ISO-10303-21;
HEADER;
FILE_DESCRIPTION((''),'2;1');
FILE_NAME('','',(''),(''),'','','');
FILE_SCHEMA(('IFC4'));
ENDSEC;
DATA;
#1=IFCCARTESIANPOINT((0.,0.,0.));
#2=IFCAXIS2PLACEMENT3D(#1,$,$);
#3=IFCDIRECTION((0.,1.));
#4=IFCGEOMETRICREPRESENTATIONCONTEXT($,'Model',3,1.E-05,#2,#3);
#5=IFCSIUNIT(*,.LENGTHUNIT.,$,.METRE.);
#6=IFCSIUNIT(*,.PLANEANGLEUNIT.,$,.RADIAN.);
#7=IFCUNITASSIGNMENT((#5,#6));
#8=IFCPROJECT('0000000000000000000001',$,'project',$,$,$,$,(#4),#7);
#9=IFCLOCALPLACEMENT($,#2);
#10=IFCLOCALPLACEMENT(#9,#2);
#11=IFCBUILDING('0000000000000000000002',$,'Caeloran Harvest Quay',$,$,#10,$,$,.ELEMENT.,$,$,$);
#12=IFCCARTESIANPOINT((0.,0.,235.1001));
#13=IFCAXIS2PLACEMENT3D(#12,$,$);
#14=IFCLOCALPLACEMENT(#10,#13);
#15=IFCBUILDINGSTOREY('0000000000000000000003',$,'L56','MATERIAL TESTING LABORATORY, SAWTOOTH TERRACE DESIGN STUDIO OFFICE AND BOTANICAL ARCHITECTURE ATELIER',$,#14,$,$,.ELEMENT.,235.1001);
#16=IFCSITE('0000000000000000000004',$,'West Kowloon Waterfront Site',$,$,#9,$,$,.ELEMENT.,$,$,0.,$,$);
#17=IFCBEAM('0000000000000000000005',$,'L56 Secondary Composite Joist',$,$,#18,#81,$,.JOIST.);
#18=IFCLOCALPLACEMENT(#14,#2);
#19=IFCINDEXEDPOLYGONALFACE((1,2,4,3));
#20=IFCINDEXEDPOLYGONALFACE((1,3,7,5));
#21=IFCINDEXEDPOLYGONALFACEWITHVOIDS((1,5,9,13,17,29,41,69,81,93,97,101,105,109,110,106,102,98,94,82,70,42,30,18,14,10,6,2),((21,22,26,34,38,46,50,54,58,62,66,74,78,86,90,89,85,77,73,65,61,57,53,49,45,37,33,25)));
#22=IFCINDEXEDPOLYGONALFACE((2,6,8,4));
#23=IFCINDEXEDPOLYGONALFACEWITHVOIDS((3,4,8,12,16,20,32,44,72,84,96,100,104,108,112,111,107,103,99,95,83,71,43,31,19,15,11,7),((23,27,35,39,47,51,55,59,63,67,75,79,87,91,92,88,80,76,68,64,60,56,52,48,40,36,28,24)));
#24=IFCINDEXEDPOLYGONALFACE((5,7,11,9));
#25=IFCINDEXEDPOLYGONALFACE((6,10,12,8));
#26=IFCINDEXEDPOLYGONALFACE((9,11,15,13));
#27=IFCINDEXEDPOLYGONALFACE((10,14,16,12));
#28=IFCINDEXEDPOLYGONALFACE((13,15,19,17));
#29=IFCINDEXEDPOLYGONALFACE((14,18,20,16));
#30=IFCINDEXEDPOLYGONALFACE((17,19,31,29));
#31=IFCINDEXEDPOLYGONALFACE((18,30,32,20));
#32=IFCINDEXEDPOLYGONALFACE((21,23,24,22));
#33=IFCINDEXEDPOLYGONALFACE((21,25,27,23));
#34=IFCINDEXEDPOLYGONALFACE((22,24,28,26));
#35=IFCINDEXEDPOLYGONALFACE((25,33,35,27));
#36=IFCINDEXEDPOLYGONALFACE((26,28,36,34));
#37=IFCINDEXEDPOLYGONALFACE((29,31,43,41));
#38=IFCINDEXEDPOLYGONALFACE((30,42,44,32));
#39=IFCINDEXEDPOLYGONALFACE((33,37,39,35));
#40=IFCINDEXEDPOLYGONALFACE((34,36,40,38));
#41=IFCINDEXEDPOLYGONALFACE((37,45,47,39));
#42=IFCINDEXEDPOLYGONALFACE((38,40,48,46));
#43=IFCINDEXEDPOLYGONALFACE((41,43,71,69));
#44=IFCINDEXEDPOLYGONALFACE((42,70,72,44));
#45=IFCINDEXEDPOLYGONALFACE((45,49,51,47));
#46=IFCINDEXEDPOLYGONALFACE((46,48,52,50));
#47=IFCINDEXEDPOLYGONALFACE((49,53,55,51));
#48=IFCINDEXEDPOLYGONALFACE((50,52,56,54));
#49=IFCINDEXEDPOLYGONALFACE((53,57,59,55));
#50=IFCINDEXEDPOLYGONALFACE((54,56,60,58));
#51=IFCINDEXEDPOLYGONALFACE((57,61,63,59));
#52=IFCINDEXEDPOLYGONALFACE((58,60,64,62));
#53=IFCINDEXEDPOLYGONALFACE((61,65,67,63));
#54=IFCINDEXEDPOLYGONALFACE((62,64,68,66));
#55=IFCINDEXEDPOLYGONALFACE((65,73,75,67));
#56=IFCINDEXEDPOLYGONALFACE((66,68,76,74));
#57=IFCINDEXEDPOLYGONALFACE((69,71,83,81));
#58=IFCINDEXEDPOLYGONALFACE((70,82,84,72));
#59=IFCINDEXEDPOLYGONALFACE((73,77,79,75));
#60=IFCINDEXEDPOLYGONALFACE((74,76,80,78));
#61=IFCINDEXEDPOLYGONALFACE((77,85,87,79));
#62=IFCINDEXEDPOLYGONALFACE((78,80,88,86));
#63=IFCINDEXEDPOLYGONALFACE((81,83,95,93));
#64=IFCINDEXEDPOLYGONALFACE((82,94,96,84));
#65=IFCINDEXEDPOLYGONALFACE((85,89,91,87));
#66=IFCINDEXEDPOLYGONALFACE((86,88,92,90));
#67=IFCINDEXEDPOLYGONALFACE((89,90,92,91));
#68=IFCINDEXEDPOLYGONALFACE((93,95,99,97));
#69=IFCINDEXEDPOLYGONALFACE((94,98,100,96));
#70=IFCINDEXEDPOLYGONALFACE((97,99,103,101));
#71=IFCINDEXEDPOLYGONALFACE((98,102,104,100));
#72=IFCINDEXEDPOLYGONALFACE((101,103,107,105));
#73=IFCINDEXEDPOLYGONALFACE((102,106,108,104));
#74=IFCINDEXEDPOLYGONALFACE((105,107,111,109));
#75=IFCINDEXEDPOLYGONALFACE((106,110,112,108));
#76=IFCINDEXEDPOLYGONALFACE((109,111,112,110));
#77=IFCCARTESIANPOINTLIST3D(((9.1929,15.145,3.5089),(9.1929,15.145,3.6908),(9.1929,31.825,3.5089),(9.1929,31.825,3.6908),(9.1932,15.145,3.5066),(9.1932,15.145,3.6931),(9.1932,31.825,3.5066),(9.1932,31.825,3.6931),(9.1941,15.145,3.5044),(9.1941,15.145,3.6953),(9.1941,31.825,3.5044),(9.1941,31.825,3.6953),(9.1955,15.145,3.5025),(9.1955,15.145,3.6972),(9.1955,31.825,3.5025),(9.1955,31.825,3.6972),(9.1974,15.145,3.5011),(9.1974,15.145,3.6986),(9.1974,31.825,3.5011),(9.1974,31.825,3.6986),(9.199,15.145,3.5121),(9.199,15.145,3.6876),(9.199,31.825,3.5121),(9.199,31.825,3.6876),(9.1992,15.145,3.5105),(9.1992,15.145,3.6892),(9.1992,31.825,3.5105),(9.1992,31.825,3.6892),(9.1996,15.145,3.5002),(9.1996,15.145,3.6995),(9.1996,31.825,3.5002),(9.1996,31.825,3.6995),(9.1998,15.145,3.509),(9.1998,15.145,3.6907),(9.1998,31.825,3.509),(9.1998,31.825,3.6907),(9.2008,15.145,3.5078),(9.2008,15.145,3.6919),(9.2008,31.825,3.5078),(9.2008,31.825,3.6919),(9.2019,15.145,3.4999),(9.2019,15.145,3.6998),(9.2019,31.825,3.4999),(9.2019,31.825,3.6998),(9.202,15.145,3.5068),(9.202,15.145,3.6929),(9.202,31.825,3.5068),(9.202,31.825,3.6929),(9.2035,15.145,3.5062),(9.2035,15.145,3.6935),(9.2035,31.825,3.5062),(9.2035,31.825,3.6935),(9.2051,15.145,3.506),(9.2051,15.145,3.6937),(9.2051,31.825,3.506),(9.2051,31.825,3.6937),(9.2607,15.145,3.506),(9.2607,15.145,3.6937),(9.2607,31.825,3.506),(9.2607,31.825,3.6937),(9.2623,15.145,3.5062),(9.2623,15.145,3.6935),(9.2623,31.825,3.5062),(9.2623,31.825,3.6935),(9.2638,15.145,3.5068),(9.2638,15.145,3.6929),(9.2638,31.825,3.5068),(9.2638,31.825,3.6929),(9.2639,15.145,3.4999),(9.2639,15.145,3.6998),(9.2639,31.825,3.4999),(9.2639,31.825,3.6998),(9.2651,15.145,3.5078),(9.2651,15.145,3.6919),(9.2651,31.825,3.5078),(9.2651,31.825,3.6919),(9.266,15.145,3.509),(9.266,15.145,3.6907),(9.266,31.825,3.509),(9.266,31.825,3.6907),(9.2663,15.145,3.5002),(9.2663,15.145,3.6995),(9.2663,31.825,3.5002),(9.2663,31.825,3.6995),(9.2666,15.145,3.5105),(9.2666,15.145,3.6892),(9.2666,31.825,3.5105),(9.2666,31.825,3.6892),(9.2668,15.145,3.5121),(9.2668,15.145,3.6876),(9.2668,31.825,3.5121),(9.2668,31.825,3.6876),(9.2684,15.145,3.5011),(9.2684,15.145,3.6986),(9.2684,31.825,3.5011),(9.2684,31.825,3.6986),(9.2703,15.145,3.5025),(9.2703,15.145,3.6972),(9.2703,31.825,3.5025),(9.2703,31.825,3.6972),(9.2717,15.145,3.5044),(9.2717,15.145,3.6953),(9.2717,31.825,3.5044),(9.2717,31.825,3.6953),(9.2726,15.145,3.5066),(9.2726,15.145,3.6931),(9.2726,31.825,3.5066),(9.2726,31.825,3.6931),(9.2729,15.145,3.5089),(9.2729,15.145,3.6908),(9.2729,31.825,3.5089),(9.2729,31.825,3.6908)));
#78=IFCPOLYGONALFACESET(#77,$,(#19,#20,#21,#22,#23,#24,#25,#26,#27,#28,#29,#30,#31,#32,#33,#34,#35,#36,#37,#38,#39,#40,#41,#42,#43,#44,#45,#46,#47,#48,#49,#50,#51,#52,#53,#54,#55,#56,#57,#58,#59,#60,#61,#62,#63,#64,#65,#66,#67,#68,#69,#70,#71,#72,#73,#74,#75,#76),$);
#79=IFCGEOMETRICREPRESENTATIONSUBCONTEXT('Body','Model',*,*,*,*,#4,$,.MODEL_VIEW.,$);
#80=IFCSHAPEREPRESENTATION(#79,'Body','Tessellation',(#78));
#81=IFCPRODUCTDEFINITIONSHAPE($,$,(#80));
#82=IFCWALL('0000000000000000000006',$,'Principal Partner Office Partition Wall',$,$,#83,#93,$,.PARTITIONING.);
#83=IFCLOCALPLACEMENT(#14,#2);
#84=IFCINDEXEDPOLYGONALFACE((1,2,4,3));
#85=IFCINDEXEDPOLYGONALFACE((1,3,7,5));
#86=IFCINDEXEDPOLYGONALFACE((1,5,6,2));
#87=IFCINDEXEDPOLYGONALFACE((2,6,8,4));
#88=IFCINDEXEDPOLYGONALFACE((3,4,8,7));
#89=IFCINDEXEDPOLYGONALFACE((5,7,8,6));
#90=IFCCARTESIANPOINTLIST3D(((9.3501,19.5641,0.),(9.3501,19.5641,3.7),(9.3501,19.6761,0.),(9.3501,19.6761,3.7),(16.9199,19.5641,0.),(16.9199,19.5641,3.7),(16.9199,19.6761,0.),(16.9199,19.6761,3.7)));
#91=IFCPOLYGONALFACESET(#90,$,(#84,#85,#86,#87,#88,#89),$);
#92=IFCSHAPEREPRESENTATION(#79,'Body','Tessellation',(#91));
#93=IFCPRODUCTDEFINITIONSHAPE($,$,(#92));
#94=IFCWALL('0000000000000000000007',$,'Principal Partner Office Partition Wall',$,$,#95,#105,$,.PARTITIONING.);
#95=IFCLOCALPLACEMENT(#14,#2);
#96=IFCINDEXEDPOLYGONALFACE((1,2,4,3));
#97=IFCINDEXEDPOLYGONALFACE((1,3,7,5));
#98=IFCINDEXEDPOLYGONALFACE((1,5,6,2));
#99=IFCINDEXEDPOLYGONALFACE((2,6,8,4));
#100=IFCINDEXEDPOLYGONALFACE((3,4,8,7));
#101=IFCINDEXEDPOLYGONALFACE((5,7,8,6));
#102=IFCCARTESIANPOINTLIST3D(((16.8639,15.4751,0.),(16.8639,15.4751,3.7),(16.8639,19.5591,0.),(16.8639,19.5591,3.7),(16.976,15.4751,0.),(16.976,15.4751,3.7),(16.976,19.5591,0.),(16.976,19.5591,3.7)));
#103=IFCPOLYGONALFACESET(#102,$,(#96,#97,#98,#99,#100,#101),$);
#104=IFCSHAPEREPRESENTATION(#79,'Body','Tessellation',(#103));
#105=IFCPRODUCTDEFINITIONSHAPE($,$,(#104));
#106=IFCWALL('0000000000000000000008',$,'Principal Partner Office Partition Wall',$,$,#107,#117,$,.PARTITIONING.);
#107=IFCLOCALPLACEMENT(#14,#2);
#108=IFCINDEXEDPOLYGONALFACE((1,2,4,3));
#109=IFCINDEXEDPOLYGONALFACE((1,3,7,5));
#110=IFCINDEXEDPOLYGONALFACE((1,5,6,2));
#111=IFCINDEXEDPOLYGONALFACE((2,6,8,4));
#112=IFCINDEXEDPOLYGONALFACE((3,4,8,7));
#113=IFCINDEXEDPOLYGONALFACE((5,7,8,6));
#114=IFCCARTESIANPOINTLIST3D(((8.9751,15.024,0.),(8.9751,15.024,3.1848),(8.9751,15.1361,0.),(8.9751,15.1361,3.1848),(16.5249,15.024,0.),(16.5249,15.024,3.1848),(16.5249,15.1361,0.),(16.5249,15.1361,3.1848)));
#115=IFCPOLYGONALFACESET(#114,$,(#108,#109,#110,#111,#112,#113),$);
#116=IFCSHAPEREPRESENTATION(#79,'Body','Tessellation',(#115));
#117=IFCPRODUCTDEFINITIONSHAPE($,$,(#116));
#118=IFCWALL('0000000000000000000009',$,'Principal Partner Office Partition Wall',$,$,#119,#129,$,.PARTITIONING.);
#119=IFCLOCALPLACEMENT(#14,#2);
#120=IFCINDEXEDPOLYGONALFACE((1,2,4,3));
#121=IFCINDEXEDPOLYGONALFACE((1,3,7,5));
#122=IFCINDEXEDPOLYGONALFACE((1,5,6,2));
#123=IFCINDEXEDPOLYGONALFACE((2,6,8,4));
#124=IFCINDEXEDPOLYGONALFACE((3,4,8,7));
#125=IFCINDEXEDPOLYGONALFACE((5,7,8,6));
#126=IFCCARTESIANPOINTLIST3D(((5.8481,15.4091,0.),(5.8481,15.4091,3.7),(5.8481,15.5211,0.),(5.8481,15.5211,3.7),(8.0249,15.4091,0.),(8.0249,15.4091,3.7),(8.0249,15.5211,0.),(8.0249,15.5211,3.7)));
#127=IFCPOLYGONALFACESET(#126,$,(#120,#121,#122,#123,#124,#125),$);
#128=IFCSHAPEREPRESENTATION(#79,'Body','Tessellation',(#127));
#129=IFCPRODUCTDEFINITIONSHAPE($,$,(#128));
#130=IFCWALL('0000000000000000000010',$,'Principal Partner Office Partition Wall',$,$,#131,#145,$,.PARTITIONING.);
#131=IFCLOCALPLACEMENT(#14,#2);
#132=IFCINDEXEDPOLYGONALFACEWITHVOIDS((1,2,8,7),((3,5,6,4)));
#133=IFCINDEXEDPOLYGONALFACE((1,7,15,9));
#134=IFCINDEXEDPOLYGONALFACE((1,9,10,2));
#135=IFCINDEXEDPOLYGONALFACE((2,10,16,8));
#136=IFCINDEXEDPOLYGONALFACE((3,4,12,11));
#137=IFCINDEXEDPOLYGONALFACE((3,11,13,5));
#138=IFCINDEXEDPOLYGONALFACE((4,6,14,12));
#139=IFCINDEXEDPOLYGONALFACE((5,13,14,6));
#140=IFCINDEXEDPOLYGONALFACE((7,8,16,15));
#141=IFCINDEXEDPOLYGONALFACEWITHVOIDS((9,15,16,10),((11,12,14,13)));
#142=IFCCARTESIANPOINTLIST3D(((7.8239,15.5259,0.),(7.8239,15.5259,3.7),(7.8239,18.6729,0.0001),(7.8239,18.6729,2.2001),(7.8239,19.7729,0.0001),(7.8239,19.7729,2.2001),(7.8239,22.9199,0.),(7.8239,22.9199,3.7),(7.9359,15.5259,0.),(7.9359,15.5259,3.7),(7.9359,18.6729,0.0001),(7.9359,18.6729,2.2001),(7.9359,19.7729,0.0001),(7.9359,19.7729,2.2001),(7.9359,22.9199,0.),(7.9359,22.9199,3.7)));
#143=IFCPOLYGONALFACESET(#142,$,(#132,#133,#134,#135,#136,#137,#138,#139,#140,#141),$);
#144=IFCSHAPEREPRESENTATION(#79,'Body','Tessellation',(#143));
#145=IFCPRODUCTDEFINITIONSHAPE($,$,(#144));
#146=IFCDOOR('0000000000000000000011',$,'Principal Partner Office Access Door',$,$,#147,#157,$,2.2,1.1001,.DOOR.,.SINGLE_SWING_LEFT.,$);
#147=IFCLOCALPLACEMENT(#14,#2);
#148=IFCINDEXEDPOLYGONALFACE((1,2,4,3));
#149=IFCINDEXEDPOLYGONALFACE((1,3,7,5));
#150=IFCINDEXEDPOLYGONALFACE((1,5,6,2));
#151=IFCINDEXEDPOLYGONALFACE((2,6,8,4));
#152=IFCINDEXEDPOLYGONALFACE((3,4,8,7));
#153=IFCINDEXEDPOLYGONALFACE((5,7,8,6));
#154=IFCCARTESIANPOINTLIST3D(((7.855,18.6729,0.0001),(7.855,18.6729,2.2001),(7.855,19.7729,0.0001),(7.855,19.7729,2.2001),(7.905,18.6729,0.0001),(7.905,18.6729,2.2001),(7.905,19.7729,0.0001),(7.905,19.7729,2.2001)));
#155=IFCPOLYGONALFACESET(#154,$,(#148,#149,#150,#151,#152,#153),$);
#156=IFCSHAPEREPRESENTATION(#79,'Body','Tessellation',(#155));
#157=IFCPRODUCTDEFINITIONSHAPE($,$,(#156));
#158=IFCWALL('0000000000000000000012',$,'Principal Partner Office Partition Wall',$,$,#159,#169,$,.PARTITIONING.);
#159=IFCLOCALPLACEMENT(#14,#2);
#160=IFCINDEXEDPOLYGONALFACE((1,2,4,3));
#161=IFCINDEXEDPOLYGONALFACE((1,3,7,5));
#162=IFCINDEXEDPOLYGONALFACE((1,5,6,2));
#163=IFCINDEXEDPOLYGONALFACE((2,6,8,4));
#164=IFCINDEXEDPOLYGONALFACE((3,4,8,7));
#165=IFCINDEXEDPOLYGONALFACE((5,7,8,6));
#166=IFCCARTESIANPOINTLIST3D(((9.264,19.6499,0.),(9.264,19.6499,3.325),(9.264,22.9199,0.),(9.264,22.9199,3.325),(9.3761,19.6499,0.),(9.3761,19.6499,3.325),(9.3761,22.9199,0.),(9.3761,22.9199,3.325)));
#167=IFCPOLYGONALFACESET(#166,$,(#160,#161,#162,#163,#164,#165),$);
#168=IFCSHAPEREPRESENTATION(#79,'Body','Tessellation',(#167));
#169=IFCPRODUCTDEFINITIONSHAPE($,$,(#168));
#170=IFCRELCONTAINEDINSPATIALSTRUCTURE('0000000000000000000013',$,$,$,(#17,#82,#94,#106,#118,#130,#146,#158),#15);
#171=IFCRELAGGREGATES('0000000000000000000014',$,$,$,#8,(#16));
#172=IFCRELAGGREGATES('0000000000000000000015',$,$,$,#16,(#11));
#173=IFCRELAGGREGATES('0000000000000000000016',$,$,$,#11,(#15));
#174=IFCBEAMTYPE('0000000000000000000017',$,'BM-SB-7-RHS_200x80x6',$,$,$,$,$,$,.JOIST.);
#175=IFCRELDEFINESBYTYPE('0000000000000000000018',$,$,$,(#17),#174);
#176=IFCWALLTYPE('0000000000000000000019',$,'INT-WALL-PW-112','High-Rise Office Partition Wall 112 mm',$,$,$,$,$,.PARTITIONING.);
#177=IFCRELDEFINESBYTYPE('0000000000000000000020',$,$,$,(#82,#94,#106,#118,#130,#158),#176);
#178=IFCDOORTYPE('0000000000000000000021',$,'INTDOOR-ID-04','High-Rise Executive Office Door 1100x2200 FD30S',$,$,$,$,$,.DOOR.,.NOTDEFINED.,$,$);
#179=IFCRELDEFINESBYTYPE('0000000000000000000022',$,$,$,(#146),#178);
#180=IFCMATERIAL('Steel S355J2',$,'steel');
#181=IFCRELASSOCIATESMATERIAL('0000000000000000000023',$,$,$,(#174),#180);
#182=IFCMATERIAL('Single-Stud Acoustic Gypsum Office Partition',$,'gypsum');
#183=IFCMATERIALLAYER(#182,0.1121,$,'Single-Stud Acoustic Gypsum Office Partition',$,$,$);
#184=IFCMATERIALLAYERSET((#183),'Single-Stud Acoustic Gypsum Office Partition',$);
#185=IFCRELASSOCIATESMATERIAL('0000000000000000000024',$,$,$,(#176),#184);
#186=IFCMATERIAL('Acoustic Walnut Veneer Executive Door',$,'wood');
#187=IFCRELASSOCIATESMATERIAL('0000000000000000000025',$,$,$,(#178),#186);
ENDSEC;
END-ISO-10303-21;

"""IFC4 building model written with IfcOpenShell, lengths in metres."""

from ifc_helpers import new_model, si_unit, direction, frame, frame_2d, origin, origin_2d, place, context, subcontext, project, spatial, rectangle, hollow_rectangle, extrude, material, layer, layer_set, material_profile, profile_set, type_object, element, fill, save


model = new_model("IFC4")

# Units and contexts
model_context = context("Model", 3, precision=1e-05, world=origin(), true_north=direction((0.0, 1.0)))
body_context = subcontext(model_context, "Body", "Model", "MODEL_VIEW")
ifc_project = project(units=[si_unit("LENGTHUNIT", "METRE"), si_unit("PLANEANGLEUNIT", "RADIAN")], contexts=[model_context])

# Site, building, storey
site_placement = place(None, origin())
site = spatial("IfcSite", under=ifc_project, at=site_placement, Name="West Kowloon Waterfront Site", CompositionType="ELEMENT", RefElevation=0.0)
building_placement = place(site_placement, origin())
building = spatial("IfcBuilding", under=site, at=building_placement, Name="Caeloran Harvest Quay", CompositionType="ELEMENT")
storey_placement = place(building_placement, frame((0.0, 0.0, 235.1001)))
storey = spatial("IfcBuildingStorey", under=building, at=storey_placement, Name="L56", Description="MATERIAL TESTING LABORATORY, SAWTOOTH TERRACE DESIGN STUDIO OFFICE AND BOTANICAL ARCHITECTURE ATELIER", CompositionType="ELEMENT", Elevation=235.1001)

# Beam
ifc_material_1 = material(Name="Steel S355J2", Category="steel")
ifc_material_profile_1 = material_profile(ifc_material_1, hollow_rectangle(XDim=0.0801, YDim=0.2, WallThickness=0.0061, InnerFilletRadius=0.0061, OuterFilletRadius=0.009, at=origin_2d()), Name="RHS 200x80x6")
ifc_profile_set_1 = profile_set([ifc_material_profile_1], Name="Steel S355J2")
beam_type_1 = type_object("IfcBeamType", Name="BM-SB-7-RHS_200x80x6", PredefinedType="JOIST", material=ifc_profile_set_1)
beam_1_placement = place(storey_placement, frame((9.2329, 15.145, 3.5999), z_axis=(0.0, 1.0, 0.0), x_axis=(-1.0, 0.0, 0.0)))
element("IfcBeam", 1, at=beam_1_placement, inside=storey, type_object=beam_type_1, Name="L56 Secondary Composite Joist", PredefinedType="JOIST", context=body_context, shape_type="SweptSolid", body=[
    extrude(hollow_rectangle(XDim=0.0801, YDim=0.2, WallThickness=0.0061, InnerFilletRadius=0.0061, OuterFilletRadius=0.009, at=origin_2d()), origin(), (0.0, 0.0, 1.0), 16.6799),
])

# Walls
ifc_material_2 = material(Name="Single-Stud Acoustic Gypsum Office Partition", Category="gypsum")
ifc_layer_1 = layer(ifc_material_2, 0.1121, Name="Single-Stud Acoustic Gypsum Office Partition")
ifc_layer_set_1 = layer_set([ifc_layer_1], Name="Single-Stud Acoustic Gypsum Office Partition")
wall_type_1 = type_object("IfcWallType", Name="INT-WALL-PW-112", Description="High-Rise Office Partition Wall 112 mm", PredefinedType="PARTITIONING", material=ifc_layer_set_1)
wall_1_placement = place(storey_placement, frame((9.3501, 19.6201, 0.0), z_axis=(0.0, 0.0, 1.0), x_axis=(1.0, 0.0, 0.0)))
element("IfcWall", 2, at=wall_1_placement, inside=storey, type_object=wall_type_1, Name="Principal Partner Office Partition Wall", PredefinedType="PARTITIONING", context=body_context, shape_type="SweptSolid", body=[
    extrude(rectangle(XDim=7.5698, YDim=0.1121, at=frame_2d((3.7849, 0.0))), origin(), (0.0, 0.0, 1.0), 3.7),
])
wall_2_placement = place(storey_placement, frame((16.9199, 19.5591, 0.0), z_axis=(0.0, 0.0, 1.0), x_axis=(0.0, -1.0, 0.0)))
element("IfcWall", 3, at=wall_2_placement, inside=storey, type_object=wall_type_1, Name="Principal Partner Office Partition Wall", PredefinedType="PARTITIONING", context=body_context, shape_type="SweptSolid", body=[
    extrude(rectangle(XDim=4.084, YDim=0.1121, at=frame_2d((2.042, 0.0))), origin(), (0.0, 0.0, 1.0), 3.7),
])
wall_3_placement = place(storey_placement, frame((16.5249, 15.0801, 0.0), z_axis=(0.0, 0.0, 1.0), x_axis=(-1.0, 0.0, 0.0)))
element("IfcWall", 4, at=wall_3_placement, inside=storey, type_object=wall_type_1, Name="Principal Partner Office Partition Wall", PredefinedType="PARTITIONING", context=body_context, shape_type="SweptSolid", body=[
    extrude(rectangle(XDim=7.5498, YDim=0.1121, at=frame_2d((3.7749, 0.0))), origin(), (0.0, 0.0, 1.0), 3.1848),
])
wall_4_placement = place(storey_placement, frame((8.0249, 15.4651, 0.0), z_axis=(0.0, 0.0, 1.0), x_axis=(-1.0, 0.0, 0.0)))
element("IfcWall", 5, at=wall_4_placement, inside=storey, type_object=wall_type_1, Name="Principal Partner Office Partition Wall", PredefinedType="PARTITIONING", context=body_context, shape_type="SweptSolid", body=[
    extrude(rectangle(XDim=2.1768, YDim=0.1121, at=frame_2d((1.0884, 0.0))), origin(), (0.0, 0.0, 1.0), 3.7),
])

# Wall, opening, door
wall_5_placement = place(storey_placement, frame((7.8799, 15.5259, 0.0), z_axis=(0.0, 0.0, 1.0), x_axis=(0.0, 1.0, 0.0)))
wall_5 = element("IfcWall", 6, at=wall_5_placement, inside=storey, type_object=wall_type_1, Name="Principal Partner Office Partition Wall", PredefinedType="PARTITIONING", context=body_context, shape_type="SweptSolid", body=[
    extrude(rectangle(XDim=7.394, YDim=0.1121, at=frame_2d((3.697, 0.0))), origin(), (0.0, 0.0, 1.0), 3.7),
])
opening_1_placement = place(wall_5_placement, frame((3.147, 0.0, 0.0)))
opening_1 = element("IfcOpeningElement", 7, at=opening_1_placement, cuts=wall_5, PredefinedType="OPENING", context=body_context, shape_type="SweptSolid", body=[
    extrude(rectangle(XDim=1.1001, YDim=2.2, at=frame_2d((0.55, 1.1001))), frame((0.0, 0.0659, 0.0), z_axis=(0.0, -1.0, 0.0), x_axis=(1.0, 0.0, 0.0)), (0.0, 0.0, 1.0), 0.1321),
])
ifc_material_3 = material(Name="Acoustic Walnut Veneer Executive Door", Category="wood")
door_type_1 = type_object("IfcDoorType", Name="INTDOOR-ID-04", Description="High-Rise Executive Office Door 1100x2200 FD30S", OperationType="NOTDEFINED", PredefinedType="DOOR", material=ifc_material_3)
door_1_placement = place(opening_1_placement, origin())
door_1 = element("IfcDoor", 8, at=door_1_placement, inside=storey, type_object=door_type_1, Name="Principal Partner Office Access Door", OperationType="SINGLE_SWING_LEFT", OverallHeight=2.2, OverallWidth=1.1001, PredefinedType="DOOR", context=body_context, shape_type="SweptSolid", body=[
    extrude(rectangle(XDim=1.1001, YDim=2.2, at=frame_2d((0.55, 1.1001))), frame((0.0, 0.0249, 0.0), z_axis=(0.0, -1.0, 0.0), x_axis=(1.0, 0.0, 0.0)), (0.0, 0.0, 1.0), 0.05),
])
fill(opening_1, door_1)

# Wall
wall_6_placement = place(storey_placement, frame((9.3201, 22.9199, 0.0), z_axis=(0.0, 0.0, 1.0), x_axis=(0.0, -1.0, 0.0)))
element("IfcWall", 9, at=wall_6_placement, inside=storey, type_object=wall_type_1, Name="Principal Partner Office Partition Wall", PredefinedType="PARTITIONING", context=body_context, shape_type="SweptSolid", body=[
    extrude(rectangle(XDim=3.27, YDim=0.1121, at=frame_2d((1.635, 0.0))), origin(), (0.0, 0.0, 1.0), 3.325),
])

save(model, "model.ifc")
